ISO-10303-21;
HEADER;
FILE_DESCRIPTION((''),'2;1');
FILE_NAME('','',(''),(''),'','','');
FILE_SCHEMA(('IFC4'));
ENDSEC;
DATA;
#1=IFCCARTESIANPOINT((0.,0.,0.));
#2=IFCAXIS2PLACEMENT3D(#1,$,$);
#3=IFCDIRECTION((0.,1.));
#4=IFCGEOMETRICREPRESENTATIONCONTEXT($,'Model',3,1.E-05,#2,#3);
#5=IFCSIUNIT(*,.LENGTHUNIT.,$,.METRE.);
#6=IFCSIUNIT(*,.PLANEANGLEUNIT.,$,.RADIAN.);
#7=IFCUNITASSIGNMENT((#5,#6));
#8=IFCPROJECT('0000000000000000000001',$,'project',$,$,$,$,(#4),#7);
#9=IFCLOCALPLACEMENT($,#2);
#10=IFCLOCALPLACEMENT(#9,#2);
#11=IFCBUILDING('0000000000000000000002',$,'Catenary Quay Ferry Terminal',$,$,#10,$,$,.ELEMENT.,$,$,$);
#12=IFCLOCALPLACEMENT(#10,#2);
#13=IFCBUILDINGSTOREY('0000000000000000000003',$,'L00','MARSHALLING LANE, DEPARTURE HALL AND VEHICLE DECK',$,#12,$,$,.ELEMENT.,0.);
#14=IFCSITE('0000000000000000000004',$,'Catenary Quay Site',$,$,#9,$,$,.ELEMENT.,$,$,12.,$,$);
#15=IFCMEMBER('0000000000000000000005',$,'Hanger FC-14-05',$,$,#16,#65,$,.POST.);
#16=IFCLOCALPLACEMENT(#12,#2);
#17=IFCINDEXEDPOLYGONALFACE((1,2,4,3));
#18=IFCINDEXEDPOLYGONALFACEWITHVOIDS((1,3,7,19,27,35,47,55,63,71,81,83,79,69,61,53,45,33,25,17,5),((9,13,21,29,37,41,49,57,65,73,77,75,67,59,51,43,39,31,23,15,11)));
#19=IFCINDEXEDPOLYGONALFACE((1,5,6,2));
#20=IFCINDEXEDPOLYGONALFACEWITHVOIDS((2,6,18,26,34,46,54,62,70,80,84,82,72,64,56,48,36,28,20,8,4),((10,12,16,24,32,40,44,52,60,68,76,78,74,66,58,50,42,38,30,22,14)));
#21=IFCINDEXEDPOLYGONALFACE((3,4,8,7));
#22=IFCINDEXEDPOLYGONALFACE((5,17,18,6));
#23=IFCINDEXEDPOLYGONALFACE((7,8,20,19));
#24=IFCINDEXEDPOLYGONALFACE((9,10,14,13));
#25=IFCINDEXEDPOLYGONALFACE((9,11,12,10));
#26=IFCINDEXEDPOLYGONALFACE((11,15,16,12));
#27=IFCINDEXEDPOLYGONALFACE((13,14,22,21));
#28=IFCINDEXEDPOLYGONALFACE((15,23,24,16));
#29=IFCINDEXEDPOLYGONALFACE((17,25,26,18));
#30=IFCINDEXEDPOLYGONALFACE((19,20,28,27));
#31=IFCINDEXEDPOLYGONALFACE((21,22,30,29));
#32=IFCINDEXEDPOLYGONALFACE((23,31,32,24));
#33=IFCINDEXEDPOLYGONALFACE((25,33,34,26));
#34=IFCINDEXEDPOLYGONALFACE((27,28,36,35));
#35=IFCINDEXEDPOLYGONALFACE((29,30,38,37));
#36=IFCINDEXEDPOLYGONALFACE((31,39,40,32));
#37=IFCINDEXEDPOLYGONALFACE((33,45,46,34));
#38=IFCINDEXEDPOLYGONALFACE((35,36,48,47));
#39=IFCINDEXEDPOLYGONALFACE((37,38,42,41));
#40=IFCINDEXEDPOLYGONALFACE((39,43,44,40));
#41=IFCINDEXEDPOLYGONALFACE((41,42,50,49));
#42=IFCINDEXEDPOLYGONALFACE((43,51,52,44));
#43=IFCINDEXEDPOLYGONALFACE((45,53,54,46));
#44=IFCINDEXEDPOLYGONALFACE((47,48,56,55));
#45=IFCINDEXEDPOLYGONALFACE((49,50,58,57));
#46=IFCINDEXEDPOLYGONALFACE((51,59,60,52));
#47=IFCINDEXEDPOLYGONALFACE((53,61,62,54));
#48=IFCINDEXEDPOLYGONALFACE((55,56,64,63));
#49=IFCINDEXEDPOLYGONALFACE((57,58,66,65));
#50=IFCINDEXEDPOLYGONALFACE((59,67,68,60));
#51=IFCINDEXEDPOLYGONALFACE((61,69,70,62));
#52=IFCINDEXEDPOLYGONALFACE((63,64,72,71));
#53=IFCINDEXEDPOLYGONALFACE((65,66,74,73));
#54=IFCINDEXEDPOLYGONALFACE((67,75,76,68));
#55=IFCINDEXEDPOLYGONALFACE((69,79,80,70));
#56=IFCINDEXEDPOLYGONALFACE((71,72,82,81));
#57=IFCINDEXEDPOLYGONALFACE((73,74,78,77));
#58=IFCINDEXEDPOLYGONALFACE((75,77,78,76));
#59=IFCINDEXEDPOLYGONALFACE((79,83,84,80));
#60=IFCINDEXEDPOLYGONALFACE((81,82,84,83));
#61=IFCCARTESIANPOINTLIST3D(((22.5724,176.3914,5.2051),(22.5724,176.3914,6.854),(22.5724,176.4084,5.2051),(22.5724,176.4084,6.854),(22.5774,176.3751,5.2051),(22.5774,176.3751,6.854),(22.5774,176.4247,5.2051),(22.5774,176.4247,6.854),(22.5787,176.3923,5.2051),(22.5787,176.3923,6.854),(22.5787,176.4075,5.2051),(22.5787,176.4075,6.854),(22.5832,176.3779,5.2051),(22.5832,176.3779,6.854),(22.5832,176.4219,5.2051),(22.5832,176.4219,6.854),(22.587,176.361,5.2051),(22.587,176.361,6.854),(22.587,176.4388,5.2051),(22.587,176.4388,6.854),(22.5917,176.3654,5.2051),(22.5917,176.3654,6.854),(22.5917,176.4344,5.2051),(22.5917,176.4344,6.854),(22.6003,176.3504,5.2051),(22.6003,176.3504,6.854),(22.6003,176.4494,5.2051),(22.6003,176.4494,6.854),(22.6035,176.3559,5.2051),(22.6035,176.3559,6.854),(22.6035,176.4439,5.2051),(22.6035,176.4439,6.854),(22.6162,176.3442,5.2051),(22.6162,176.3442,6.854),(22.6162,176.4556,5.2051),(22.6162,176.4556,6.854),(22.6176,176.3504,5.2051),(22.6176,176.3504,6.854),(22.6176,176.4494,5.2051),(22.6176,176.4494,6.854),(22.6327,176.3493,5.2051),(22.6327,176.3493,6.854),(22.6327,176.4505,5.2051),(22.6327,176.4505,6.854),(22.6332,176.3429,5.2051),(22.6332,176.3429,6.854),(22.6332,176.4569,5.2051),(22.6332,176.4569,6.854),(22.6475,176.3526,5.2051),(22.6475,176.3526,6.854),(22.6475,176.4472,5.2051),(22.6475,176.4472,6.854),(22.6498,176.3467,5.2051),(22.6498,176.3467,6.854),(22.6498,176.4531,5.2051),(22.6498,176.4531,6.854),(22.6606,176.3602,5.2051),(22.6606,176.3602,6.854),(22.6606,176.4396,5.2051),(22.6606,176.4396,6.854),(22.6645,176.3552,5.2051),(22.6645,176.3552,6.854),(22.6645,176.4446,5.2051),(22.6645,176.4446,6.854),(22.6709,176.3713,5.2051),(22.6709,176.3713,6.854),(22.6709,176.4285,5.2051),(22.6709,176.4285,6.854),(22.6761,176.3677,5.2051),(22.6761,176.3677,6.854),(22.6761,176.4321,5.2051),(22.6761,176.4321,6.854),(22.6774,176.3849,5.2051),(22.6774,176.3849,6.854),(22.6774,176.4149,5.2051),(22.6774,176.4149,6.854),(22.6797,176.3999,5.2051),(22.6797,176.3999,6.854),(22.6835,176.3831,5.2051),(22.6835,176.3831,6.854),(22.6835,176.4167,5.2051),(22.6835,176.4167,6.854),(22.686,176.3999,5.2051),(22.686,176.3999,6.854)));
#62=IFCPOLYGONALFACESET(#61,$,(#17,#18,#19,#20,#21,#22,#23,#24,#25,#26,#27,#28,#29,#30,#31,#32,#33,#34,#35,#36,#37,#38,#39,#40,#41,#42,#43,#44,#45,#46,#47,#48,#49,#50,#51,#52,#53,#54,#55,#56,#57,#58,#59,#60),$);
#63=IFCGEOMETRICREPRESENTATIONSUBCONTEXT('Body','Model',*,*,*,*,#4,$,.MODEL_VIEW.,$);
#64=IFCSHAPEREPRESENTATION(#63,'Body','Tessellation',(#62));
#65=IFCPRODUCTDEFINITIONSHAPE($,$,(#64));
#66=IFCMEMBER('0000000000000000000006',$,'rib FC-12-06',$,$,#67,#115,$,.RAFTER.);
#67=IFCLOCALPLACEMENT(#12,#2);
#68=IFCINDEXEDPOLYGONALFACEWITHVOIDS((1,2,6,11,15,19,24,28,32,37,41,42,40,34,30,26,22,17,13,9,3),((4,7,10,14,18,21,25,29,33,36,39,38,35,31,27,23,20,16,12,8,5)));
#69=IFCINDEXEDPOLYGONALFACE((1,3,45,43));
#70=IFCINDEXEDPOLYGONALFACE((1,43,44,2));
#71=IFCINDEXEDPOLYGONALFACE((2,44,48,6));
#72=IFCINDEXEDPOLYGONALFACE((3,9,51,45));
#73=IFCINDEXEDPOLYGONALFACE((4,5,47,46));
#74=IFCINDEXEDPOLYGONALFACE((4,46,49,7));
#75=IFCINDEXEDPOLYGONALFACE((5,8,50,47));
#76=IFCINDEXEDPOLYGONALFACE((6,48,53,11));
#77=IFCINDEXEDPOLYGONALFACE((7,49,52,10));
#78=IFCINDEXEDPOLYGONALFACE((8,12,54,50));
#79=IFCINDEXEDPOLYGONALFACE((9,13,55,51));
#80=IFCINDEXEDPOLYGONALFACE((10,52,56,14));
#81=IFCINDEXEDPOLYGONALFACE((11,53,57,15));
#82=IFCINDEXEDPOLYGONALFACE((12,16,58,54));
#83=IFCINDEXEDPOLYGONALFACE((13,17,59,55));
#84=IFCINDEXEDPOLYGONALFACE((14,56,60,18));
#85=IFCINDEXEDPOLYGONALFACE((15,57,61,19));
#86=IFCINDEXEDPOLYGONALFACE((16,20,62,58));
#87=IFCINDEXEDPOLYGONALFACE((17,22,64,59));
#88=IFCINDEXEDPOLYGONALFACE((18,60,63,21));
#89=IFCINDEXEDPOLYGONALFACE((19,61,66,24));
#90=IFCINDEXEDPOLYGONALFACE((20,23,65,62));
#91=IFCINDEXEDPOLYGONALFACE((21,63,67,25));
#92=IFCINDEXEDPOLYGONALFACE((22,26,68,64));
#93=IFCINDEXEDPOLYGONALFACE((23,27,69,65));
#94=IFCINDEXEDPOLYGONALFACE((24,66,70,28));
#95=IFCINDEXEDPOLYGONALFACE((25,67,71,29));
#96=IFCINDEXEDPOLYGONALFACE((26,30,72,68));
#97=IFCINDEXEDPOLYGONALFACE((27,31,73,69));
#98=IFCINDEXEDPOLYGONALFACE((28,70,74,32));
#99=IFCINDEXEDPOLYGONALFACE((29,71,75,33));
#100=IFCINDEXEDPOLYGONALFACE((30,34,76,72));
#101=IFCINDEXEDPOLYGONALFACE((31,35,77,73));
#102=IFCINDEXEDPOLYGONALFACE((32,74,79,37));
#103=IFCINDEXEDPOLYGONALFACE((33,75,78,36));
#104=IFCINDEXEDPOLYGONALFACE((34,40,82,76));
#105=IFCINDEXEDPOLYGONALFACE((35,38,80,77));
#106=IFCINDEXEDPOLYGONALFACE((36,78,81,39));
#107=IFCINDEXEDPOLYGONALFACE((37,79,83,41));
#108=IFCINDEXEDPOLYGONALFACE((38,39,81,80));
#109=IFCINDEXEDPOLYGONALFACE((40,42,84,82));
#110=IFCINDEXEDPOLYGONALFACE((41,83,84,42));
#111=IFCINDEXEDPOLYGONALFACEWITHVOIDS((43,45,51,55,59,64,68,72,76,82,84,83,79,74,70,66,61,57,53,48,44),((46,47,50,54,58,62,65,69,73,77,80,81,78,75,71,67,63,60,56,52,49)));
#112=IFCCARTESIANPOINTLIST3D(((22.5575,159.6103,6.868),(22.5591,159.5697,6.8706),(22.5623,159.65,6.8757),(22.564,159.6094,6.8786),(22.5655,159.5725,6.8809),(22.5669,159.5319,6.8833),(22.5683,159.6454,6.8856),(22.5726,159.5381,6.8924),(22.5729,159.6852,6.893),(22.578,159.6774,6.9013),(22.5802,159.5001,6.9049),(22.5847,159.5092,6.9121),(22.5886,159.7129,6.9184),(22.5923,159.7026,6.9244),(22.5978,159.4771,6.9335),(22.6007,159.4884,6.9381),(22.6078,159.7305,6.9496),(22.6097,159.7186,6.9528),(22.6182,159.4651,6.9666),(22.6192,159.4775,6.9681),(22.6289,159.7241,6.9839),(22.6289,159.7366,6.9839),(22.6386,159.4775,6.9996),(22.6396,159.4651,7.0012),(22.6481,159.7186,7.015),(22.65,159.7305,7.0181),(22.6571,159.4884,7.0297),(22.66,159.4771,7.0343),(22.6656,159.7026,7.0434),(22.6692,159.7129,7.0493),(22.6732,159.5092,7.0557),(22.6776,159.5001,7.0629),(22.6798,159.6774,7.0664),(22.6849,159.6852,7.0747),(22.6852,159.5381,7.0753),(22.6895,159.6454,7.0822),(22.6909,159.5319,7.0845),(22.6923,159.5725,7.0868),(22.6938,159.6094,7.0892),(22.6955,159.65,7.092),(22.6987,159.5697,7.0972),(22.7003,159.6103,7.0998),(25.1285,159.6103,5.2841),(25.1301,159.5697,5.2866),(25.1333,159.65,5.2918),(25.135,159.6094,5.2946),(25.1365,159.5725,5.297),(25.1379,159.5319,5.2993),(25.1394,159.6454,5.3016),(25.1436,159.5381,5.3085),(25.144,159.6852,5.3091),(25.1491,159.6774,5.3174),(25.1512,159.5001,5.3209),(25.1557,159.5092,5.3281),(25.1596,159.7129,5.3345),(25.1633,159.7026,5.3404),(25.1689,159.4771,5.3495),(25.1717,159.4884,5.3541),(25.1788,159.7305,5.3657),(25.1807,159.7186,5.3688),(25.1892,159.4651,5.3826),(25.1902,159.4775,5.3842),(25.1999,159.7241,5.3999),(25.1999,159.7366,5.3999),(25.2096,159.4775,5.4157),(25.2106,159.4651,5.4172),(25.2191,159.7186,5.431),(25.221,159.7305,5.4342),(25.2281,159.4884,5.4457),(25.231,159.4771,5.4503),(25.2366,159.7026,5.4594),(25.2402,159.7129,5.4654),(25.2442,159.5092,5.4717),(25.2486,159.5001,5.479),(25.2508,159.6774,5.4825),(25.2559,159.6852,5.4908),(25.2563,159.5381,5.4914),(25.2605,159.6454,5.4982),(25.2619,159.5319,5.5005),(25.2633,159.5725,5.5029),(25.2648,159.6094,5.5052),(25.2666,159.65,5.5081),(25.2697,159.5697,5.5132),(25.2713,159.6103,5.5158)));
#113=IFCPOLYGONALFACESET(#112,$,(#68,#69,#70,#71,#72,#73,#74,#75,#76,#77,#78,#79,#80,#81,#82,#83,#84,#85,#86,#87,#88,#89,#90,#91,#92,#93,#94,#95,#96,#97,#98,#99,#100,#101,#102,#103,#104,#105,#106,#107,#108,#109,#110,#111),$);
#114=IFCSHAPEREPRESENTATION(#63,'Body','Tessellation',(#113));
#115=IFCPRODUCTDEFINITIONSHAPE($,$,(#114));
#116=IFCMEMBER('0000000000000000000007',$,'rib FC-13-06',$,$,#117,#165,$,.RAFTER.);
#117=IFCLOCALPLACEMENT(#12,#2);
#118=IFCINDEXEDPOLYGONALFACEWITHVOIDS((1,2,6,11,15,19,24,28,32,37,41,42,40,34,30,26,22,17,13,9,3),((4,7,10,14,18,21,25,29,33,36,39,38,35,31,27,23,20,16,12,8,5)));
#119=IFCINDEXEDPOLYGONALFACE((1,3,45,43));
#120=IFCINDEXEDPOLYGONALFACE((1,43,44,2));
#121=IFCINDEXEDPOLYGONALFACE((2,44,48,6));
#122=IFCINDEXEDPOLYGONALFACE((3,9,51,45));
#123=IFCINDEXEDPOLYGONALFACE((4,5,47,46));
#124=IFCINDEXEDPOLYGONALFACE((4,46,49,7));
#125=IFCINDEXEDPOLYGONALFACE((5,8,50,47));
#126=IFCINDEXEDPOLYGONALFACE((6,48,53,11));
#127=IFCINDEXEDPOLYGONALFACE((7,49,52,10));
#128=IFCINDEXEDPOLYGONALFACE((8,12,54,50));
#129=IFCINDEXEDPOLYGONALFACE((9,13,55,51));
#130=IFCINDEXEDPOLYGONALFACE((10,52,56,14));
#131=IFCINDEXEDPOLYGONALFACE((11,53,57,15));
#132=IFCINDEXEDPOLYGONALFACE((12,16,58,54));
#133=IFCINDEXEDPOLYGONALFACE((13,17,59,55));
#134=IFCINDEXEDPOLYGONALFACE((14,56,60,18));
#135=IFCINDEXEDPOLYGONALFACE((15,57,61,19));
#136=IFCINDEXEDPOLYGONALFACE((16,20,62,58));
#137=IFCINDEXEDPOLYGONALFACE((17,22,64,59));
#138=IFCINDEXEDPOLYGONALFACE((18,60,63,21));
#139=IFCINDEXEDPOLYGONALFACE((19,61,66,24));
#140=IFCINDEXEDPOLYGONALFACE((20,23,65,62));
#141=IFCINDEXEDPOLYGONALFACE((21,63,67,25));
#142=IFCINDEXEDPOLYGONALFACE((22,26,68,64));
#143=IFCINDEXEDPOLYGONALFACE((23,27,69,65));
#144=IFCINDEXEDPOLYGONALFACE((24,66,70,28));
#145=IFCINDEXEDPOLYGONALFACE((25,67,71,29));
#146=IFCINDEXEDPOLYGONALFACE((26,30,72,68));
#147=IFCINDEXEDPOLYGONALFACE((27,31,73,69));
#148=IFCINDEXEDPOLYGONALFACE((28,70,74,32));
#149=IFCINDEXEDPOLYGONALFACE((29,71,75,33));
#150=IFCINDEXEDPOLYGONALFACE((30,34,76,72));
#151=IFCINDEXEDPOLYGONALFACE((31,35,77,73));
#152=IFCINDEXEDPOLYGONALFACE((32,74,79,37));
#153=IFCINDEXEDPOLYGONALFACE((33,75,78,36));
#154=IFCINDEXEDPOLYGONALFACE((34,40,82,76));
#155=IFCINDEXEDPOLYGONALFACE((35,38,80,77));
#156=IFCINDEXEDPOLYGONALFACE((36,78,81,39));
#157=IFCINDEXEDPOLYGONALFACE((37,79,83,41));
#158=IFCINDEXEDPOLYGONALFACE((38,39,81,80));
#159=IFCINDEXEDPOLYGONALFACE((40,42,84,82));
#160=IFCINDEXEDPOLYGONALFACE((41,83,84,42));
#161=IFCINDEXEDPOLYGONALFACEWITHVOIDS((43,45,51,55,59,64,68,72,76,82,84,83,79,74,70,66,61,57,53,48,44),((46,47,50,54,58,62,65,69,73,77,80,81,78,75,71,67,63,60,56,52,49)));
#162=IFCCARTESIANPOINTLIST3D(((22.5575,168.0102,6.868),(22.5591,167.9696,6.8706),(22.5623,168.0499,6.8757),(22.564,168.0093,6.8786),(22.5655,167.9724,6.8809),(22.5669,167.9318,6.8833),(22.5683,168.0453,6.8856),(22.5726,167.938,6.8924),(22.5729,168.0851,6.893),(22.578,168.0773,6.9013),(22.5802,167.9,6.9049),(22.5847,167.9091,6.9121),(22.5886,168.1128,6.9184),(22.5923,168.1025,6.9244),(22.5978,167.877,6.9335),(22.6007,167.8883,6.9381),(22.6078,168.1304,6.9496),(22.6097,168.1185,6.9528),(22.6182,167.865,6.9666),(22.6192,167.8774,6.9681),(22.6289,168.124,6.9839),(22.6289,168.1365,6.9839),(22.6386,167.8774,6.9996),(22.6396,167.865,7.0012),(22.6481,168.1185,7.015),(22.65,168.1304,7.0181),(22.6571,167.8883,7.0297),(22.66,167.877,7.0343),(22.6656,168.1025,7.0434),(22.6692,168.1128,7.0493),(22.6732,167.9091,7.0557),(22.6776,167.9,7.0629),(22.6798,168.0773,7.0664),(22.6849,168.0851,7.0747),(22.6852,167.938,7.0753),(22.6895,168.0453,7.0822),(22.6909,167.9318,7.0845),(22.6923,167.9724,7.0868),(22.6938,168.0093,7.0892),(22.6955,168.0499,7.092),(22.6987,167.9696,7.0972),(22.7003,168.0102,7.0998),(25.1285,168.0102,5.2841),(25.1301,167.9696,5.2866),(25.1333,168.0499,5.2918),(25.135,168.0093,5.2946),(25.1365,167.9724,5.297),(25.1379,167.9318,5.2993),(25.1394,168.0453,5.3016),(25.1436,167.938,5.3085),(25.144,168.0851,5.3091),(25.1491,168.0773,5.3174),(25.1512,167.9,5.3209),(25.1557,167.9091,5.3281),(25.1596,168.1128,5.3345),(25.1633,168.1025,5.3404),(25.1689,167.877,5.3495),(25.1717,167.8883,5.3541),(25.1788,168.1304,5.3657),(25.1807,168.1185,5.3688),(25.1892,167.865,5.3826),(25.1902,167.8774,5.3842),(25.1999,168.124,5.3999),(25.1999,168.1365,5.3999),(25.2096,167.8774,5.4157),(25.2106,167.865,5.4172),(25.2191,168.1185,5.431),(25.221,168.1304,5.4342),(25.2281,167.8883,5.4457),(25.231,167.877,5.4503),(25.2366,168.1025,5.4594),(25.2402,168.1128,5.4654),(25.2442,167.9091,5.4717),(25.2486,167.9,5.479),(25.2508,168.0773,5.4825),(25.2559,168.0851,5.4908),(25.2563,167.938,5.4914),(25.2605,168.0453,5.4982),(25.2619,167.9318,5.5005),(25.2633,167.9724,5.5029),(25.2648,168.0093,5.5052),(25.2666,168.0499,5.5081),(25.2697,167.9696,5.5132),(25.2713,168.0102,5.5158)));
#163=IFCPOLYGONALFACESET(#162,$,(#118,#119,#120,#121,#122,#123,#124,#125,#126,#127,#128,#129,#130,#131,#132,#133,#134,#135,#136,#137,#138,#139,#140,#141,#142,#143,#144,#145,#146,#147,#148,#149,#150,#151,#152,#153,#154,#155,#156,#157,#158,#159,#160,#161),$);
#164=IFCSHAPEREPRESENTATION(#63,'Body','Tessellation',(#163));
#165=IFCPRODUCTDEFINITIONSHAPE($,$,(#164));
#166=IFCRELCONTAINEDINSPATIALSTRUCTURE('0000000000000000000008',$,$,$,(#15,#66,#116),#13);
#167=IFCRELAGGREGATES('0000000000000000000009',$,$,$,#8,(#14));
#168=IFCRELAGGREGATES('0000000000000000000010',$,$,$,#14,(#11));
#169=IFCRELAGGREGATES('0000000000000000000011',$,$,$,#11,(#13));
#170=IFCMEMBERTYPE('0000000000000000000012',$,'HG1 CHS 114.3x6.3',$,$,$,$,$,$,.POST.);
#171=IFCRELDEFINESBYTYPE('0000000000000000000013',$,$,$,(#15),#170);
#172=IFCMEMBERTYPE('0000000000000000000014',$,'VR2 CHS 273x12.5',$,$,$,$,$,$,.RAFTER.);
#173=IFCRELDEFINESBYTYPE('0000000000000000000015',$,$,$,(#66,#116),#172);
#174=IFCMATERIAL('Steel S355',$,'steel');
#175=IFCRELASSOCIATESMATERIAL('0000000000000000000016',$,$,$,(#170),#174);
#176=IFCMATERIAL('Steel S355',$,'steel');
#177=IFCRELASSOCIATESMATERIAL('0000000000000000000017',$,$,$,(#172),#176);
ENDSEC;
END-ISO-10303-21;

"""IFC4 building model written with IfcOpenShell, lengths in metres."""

from ifc_helpers import new_model, si_unit, direction, frame, origin, origin_2d, place, context, subcontext, project, spatial, hollow_circle, extrude, material, material_profile, profile_set, type_object, element, save


model = new_model("IFC4")

# Units and contexts
model_context = context("Model", 3, precision=1e-05, world=origin(), true_north=direction((0.0, 1.0)))
body_context = subcontext(model_context, "Body", "Model", "MODEL_VIEW")
ifc_project = project(units=[si_unit("LENGTHUNIT", "METRE"), si_unit("PLANEANGLEUNIT", "RADIAN")], contexts=[model_context])

# Site, building, storey
site_placement = place(None, origin())
site = spatial("IfcSite", under=ifc_project, at=site_placement, Name="Catenary Quay Site", CompositionType="ELEMENT", RefElevation=12.0)
building_placement = place(site_placement, origin())
building = spatial("IfcBuilding", under=site, at=building_placement, Name="Catenary Quay Ferry Terminal", CompositionType="ELEMENT")
storey_placement = place(building_placement, origin())
storey = spatial("IfcBuildingStorey", under=building, at=storey_placement, Name="L00", Description="MARSHALLING LANE, DEPARTURE HALL AND VEHICLE DECK", CompositionType="ELEMENT", Elevation=0.0)

# Members
ifc_material_1 = material(Name="Steel S355", Category="steel")
ifc_material_profile_1 = material_profile(ifc_material_1, hollow_circle(Radius=0.0571, WallThickness=0.0063, at=origin_2d()), Name="CHS 114.3x6.3")
ifc_profile_set_1 = profile_set([ifc_material_profile_1], Name="Steel S355")
member_type_1 = type_object("IfcMemberType", Name="HG1 CHS 114.3x6.3", PredefinedType="POST", material=ifc_profile_set_1)
member_1_placement = place(storey_placement, frame((22.6289, 176.3999, 5.2051), z_axis=(0.0, 0.0, 1.0), x_axis=(1.0, 0.0, 0.0)))
element("IfcMember", 1, at=member_1_placement, inside=storey, type_object=member_type_1, Name="Hanger FC-14-05", PredefinedType="POST", context=body_context, shape_type="SweptSolid", body=[
    extrude(hollow_circle(Radius=0.0571, WallThickness=0.0063, at=origin_2d()), origin(), (0.0, 0.0, 1.0), 1.6489),
])
ifc_material_2 = material(Name="Steel S355", Category="steel")
ifc_material_profile_2 = material_profile(ifc_material_2, hollow_circle(Radius=0.1365, WallThickness=0.0125, at=origin_2d()), Name="CHS 273x12.5")
ifc_profile_set_2 = profile_set([ifc_material_profile_2], Name="Steel S355")
member_type_2 = type_object("IfcMemberType", Name="VR2 CHS 273x12.5", PredefinedType="RAFTER", material=ifc_profile_set_2)
for number, where, z_axis, x_axis, name in (
    (2, (22.6289, 159.6001, 6.9839), (0.851392, 0.0, -0.52453), (0.0, 1.0, 0.0), "rib FC-12-06"),
    (3, (22.6289, 168.0, 6.9839), (0.851392, 0.0, -0.52453), (0.0, 1.0, 0.0), "rib FC-13-06"),
):
    element("IfcMember", number, at=place(storey_placement, frame(where, z_axis=z_axis, x_axis=x_axis)), inside=storey, type_object=member_type_2, Name=name, PredefinedType="RAFTER", context=body_context, shape_type="SweptSolid", body=[
        extrude(hollow_circle(Radius=0.1365, WallThickness=0.0125, at=origin_2d()), origin(), (0.0, 0.0, 1.0), 3.0198),
    ])

save(model, "model.ifc")
